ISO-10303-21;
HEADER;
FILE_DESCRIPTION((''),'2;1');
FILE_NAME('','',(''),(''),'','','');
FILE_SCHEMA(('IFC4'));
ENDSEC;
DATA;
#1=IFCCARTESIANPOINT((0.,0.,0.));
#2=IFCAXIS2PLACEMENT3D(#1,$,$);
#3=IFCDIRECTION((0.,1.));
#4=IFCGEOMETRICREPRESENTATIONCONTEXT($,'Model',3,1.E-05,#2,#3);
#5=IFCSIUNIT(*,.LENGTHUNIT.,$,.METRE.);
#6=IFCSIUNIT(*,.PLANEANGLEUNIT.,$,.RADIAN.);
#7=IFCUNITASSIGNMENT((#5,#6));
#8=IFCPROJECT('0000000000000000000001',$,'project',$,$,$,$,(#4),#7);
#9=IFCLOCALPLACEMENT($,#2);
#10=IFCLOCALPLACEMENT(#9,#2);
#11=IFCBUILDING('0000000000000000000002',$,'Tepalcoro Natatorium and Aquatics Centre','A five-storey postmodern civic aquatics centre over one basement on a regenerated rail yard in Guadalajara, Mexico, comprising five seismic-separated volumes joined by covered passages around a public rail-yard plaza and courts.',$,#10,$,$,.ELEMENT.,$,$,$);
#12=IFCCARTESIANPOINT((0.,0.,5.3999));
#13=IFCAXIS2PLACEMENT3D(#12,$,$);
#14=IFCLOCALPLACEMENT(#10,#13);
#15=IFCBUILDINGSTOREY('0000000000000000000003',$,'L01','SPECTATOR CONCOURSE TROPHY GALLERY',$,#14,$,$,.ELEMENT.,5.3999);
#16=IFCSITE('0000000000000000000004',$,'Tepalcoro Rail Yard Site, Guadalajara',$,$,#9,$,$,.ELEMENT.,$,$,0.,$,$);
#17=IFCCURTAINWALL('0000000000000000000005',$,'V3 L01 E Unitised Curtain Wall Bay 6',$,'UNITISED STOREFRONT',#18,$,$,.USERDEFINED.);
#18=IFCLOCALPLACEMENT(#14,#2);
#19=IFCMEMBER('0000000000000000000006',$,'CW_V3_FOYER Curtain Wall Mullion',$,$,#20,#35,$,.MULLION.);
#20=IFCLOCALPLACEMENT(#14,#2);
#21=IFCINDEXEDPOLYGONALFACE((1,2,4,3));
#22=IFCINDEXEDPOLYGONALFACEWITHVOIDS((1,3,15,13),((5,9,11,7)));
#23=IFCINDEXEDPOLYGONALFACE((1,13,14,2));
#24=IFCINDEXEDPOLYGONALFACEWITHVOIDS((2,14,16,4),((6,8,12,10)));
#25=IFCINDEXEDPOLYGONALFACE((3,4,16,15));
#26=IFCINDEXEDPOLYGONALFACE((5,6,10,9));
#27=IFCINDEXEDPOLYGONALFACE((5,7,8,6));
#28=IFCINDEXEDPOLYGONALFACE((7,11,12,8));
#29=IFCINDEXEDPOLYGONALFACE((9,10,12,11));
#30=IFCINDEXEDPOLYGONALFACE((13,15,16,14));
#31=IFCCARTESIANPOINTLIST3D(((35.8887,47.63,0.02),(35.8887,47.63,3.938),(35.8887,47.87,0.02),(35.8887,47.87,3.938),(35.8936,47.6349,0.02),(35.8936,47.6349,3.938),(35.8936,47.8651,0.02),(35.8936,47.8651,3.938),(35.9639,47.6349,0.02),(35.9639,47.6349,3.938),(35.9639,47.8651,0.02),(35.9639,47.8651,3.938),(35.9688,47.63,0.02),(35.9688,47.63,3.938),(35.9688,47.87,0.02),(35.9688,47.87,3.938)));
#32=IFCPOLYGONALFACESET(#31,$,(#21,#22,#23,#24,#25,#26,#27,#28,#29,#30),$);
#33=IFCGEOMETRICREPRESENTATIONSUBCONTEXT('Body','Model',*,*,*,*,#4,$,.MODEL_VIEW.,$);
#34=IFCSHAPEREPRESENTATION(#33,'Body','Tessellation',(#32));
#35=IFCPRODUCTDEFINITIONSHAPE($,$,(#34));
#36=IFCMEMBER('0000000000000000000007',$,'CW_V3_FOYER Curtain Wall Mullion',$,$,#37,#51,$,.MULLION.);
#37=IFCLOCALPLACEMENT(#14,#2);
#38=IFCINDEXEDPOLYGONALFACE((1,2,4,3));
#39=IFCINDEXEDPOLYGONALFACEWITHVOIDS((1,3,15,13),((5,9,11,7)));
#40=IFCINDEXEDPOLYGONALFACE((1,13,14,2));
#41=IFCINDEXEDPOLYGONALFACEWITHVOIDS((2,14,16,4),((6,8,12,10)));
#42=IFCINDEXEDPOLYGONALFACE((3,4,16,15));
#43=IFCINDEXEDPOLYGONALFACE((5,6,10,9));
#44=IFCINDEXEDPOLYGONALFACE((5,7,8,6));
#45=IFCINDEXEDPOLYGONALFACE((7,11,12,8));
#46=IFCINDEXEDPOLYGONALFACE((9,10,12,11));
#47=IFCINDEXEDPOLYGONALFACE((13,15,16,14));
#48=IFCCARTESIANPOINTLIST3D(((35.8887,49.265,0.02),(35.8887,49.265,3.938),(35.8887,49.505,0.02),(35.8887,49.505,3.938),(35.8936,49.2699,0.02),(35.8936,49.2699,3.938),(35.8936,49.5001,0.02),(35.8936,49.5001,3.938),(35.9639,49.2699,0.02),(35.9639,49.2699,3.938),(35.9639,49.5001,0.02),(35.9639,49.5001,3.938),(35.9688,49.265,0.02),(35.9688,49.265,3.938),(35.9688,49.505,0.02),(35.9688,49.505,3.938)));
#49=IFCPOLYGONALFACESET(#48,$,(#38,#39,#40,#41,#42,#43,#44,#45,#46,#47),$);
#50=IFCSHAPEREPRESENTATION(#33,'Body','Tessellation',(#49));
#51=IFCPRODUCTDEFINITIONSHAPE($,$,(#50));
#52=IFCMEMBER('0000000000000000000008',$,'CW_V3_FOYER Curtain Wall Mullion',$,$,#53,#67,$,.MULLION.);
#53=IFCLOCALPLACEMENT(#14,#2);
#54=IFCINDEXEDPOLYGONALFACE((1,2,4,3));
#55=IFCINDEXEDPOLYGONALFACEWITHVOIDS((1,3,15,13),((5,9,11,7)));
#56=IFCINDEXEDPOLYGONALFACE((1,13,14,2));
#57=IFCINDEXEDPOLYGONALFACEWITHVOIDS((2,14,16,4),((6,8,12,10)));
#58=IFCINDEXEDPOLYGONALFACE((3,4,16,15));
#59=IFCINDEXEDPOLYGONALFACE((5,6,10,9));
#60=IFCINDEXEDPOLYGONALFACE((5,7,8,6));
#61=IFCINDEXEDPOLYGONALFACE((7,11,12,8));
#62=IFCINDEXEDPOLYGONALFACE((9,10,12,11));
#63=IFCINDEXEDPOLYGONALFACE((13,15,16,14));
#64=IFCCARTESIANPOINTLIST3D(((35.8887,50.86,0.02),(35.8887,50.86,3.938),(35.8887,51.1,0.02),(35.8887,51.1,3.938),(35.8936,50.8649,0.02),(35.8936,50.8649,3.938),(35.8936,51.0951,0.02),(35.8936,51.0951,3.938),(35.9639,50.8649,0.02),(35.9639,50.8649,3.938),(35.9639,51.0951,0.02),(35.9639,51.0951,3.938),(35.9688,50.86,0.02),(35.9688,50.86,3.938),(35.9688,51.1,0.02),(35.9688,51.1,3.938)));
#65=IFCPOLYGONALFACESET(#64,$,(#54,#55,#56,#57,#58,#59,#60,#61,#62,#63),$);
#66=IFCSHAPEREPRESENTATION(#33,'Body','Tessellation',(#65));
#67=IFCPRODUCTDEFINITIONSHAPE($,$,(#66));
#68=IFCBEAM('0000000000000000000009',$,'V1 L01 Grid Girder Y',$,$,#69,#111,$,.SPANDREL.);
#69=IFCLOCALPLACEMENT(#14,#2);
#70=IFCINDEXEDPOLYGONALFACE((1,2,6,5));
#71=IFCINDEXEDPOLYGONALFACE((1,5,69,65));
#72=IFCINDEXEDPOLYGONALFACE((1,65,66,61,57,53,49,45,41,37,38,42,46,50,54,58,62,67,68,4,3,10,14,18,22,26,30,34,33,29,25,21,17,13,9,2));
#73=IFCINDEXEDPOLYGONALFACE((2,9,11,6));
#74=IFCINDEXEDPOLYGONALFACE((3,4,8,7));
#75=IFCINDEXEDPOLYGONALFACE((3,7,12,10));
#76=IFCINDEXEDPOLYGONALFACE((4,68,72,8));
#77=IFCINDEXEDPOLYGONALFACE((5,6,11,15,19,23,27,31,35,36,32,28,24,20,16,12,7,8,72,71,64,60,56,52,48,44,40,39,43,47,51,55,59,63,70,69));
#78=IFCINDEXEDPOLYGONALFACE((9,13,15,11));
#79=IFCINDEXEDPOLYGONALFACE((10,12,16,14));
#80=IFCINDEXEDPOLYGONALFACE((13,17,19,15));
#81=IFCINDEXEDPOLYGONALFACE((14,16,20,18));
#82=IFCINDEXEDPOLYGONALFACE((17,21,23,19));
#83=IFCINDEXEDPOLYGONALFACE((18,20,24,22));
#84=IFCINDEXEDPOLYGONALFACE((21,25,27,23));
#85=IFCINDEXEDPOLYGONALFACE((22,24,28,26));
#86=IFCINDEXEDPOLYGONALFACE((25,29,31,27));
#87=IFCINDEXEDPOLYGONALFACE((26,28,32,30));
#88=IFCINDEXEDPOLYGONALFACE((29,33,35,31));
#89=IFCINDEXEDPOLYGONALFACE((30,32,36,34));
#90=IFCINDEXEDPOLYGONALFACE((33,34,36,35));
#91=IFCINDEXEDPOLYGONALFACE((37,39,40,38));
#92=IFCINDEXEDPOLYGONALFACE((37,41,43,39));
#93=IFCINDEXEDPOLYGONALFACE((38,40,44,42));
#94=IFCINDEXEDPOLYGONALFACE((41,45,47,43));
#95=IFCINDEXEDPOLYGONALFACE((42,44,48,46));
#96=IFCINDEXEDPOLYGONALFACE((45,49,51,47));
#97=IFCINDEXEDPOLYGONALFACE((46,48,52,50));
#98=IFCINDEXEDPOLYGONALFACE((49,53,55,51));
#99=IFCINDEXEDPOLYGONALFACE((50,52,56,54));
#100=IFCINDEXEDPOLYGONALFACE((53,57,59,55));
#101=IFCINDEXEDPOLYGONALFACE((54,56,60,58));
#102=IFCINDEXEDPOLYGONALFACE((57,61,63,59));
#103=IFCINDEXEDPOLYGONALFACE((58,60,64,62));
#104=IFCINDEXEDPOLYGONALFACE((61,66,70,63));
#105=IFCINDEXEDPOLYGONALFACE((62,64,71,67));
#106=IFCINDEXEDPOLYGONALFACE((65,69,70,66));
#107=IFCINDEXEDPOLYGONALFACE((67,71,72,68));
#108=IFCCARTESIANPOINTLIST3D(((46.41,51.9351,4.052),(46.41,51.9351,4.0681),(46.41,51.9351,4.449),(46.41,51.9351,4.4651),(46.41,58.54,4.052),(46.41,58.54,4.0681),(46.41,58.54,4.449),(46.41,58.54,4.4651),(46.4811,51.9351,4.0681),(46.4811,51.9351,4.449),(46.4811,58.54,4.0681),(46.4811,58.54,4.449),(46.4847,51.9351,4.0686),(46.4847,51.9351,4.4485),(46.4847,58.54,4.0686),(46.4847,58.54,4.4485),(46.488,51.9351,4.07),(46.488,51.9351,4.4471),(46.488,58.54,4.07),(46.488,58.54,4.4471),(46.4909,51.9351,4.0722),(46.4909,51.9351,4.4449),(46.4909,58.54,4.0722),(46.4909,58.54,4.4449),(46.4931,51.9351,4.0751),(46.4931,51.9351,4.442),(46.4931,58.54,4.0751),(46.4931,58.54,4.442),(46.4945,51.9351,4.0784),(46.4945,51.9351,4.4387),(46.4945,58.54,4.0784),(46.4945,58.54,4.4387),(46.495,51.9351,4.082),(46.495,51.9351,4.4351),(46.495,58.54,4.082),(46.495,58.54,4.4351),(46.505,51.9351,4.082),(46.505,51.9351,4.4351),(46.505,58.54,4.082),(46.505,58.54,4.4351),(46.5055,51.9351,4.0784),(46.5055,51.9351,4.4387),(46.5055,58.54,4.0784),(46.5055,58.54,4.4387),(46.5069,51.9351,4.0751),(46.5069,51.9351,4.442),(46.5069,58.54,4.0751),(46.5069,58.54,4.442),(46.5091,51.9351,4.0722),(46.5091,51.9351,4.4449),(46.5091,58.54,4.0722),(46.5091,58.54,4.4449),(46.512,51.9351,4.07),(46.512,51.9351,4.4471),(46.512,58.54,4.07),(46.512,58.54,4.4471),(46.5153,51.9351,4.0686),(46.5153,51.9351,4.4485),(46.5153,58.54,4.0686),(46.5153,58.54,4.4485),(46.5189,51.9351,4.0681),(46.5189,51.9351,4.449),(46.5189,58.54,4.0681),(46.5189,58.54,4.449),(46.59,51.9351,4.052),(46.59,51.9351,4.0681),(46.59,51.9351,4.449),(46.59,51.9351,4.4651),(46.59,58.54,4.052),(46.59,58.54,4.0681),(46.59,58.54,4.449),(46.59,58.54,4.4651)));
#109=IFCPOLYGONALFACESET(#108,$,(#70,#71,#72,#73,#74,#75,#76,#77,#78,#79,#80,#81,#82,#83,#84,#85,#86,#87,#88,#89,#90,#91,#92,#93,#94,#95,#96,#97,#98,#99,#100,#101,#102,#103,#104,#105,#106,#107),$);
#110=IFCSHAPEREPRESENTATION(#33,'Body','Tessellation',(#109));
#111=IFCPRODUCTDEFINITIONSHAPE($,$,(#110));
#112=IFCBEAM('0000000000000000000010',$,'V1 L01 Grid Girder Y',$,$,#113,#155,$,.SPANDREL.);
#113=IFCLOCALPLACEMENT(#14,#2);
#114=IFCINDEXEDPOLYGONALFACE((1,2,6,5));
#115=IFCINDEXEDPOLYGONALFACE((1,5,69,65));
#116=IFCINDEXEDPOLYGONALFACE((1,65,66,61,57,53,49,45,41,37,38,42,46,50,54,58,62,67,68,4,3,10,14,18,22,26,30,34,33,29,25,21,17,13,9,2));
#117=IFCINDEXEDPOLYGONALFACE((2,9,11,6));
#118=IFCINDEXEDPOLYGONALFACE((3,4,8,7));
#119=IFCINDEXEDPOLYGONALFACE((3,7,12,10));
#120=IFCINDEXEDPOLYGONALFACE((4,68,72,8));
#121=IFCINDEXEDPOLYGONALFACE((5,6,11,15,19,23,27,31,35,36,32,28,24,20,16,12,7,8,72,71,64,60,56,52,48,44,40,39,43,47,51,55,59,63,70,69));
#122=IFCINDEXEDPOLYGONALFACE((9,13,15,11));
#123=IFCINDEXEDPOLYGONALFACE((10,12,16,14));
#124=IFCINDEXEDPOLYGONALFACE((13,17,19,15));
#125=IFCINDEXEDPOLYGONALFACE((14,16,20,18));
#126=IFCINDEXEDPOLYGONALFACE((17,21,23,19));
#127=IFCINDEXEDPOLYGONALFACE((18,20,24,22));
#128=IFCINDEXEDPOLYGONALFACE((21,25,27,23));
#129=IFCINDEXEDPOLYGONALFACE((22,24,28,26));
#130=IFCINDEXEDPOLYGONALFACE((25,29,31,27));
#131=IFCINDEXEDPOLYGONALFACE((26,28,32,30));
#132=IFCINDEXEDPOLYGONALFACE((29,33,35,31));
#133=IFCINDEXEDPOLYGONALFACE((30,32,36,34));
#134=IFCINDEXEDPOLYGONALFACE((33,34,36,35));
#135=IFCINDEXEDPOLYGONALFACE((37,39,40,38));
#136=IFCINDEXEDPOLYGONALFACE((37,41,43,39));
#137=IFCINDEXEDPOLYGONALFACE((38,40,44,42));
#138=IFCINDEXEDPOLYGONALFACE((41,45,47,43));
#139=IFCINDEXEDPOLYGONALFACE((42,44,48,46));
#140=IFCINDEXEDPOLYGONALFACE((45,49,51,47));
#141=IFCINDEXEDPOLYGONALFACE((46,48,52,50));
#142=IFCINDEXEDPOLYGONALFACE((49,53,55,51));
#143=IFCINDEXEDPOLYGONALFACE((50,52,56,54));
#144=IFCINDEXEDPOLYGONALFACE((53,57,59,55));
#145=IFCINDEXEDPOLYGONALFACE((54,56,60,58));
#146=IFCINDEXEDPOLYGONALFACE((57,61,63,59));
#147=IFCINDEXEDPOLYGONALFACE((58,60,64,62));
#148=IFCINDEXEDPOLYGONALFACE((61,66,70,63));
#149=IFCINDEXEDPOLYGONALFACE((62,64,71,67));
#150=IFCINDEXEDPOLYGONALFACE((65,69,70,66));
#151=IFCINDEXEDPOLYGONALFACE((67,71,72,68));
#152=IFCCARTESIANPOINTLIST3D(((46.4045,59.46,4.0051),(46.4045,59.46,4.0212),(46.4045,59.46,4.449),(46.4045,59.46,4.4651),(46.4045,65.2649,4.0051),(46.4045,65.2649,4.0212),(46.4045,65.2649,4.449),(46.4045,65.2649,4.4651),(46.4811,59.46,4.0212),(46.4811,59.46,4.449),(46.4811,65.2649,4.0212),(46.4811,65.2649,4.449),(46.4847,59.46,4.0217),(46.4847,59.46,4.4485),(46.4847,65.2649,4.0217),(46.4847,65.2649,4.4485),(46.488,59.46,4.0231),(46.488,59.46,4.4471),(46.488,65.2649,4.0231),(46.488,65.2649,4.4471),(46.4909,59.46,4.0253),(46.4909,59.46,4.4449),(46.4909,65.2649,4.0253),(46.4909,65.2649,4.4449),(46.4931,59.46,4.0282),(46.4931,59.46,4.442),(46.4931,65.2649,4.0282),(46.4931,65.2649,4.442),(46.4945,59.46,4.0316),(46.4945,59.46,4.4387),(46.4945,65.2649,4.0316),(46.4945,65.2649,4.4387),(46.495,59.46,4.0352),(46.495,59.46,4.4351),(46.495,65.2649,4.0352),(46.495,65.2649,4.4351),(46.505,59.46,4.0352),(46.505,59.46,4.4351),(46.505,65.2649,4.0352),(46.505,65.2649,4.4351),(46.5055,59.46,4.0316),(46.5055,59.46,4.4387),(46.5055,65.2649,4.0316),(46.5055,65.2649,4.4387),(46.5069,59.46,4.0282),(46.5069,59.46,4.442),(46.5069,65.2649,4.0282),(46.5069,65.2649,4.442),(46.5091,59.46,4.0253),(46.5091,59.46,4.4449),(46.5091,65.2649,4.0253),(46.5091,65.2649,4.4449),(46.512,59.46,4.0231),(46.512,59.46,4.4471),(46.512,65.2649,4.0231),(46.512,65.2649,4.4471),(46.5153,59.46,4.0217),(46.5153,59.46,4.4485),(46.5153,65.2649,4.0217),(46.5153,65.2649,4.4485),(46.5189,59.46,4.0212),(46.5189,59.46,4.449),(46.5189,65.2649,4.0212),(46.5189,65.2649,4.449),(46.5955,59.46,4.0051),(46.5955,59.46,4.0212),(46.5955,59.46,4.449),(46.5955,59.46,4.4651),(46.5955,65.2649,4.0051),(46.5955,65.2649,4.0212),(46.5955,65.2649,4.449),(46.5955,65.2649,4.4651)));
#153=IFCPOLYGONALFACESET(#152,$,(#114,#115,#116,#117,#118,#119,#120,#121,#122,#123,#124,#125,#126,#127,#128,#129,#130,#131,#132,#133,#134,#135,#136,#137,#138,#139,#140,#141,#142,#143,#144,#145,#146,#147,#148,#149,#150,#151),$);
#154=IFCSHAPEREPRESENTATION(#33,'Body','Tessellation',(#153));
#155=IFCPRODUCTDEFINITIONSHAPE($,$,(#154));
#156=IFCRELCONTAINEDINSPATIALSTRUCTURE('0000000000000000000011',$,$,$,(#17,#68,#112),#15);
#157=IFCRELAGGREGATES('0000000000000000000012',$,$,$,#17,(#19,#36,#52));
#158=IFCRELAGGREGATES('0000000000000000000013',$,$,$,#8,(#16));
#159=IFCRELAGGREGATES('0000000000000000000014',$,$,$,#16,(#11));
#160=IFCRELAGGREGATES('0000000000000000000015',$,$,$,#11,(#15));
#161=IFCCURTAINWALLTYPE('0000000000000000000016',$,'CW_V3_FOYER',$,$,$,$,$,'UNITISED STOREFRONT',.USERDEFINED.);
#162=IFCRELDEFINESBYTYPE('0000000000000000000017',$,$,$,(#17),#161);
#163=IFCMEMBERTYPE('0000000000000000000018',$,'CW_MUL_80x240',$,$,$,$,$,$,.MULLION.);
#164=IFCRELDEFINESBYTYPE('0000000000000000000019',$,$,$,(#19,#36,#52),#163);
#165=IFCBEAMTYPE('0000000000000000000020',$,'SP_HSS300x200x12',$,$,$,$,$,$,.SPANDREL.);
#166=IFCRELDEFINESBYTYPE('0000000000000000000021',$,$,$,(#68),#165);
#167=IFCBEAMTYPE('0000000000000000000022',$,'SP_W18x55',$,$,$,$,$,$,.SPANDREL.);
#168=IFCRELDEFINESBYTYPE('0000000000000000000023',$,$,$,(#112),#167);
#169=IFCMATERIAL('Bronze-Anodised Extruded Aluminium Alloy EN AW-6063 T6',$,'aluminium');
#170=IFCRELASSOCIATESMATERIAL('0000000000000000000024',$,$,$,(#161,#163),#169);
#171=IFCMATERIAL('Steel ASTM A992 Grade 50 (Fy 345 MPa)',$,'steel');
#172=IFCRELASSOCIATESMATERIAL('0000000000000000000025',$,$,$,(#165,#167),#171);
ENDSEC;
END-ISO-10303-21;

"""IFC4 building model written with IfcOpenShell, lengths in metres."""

from ifc_helpers import new_model, si_unit, direction, frame, origin, origin_2d, place, context, subcontext, project, spatial, hollow_rectangle, i_section, extrude, material, material_profile, profile_set, type_object, element, aggregate, save


model = new_model("IFC4")

# Units and contexts
model_context = context("Model", 3, precision=1e-05, world=origin(), true_north=direction((0.0, 1.0)))
body_context = subcontext(model_context, "Body", "Model", "MODEL_VIEW")
ifc_project = project(units=[si_unit("LENGTHUNIT", "METRE"), si_unit("PLANEANGLEUNIT", "RADIAN")], contexts=[model_context])

# Site, building, storey
site_placement = place(None, origin())
site = spatial("IfcSite", under=ifc_project, at=site_placement, Name="Tepalcoro Rail Yard Site, Guadalajara", CompositionType="ELEMENT", RefElevation=0.0)
building_placement = place(site_placement, origin())
building = spatial("IfcBuilding", under=site, at=building_placement, Name="Tepalcoro Natatorium and Aquatics Centre", Description="A five-storey postmodern civic aquatics centre over one basement on a regenerated rail yard in Guadalajara, Mexico, comprising five seismic-separated volumes joined by covered passages around a public rail-yard plaza and courts.", CompositionType="ELEMENT")
storey_placement = place(building_placement, frame((0.0, 0.0, 5.3999)))
storey = spatial("IfcBuildingStorey", under=building, at=storey_placement, Name="L01", Description="SPECTATOR CONCOURSE TROPHY GALLERY", CompositionType="ELEMENT", Elevation=5.3999)

# Shared definitions
ifc_material_1 = material(Name="Steel ASTM A992 Grade 50 (Fy 345 MPa)", Category="steel")

# Shared definitions
ifc_material_2 = material(Name="Bronze-Anodised Extruded Aluminium Alloy EN AW-6063 T6", Category="aluminium")
curtain_wall_type_1 = type_object("IfcCurtainWallType", Name="CW_V3_FOYER", ElementType="UNITISED STOREFRONT", PredefinedType="USERDEFINED", material=ifc_material_2)

# Curtain wall, members
curtain_wall_1_placement = place(storey_placement, origin())
curtain_wall_1 = element("IfcCurtainWall", 1, at=curtain_wall_1_placement, inside=storey, type_object=curtain_wall_type_1, Name="V3 L01 E Unitised Curtain Wall Bay 6", ObjectType="UNITISED STOREFRONT", PredefinedType="USERDEFINED")
ifc_material_profile_1 = material_profile(ifc_material_2, hollow_rectangle(XDim=0.0801, YDim=0.24, WallThickness=0.0049, at=origin_2d()), Name="AL80X240X5")
ifc_profile_set_1 = profile_set([ifc_material_profile_1], Name="Bronze-Anodised Extruded Aluminium Alloy EN AW-6063 T6")
member_type_1 = type_object("IfcMemberType", Name="CW_MUL_80x240", PredefinedType="MULLION", material=ifc_profile_set_1)
member_1_placement = place(storey_placement, frame((35.9287, 47.75, 0.02), z_axis=(0.0, 0.0, 1.0), x_axis=(1.0, 0.0, 0.0)))
member_1 = element("IfcMember", 2, at=member_1_placement, type_object=member_type_1, Name="CW_V3_FOYER Curtain Wall Mullion", PredefinedType="MULLION", context=body_context, shape_type="SweptSolid", body=[
    extrude(hollow_rectangle(XDim=0.0801, YDim=0.24, WallThickness=0.0049, at=origin_2d()), origin(), (0.0, 0.0, 1.0), 3.918),
])
member_2_placement = place(storey_placement, frame((35.9287, 49.385, 0.02), z_axis=(0.0, 0.0, 1.0), x_axis=(1.0, 0.0, 0.0)))
member_2 = element("IfcMember", 3, at=member_2_placement, type_object=member_type_1, Name="CW_V3_FOYER Curtain Wall Mullion", PredefinedType="MULLION", context=body_context, shape_type="SweptSolid", body=[
    extrude(hollow_rectangle(XDim=0.0801, YDim=0.24, WallThickness=0.0049, at=origin_2d()), origin(), (0.0, 0.0, 1.0), 3.918),
])
member_3_placement = place(storey_placement, frame((35.9287, 50.98, 0.02), z_axis=(0.0, 0.0, 1.0), x_axis=(1.0, 0.0, 0.0)))
member_3 = element("IfcMember", 4, at=member_3_placement, type_object=member_type_1, Name="CW_V3_FOYER Curtain Wall Mullion", PredefinedType="MULLION", context=body_context, shape_type="SweptSolid", body=[
    extrude(hollow_rectangle(XDim=0.0801, YDim=0.24, WallThickness=0.0049, at=origin_2d()), origin(), (0.0, 0.0, 1.0), 3.918),
])

# Beams
ifc_material_profile_2 = material_profile(ifc_material_1, i_section(OverallWidth=0.1799, OverallDepth=0.4131, WebThickness=0.01, FlangeThickness=0.0161, FilletRadius=0.0139, at=origin_2d()), Name="W16X50")
ifc_profile_set_2 = profile_set([ifc_material_profile_2], Name="Steel ASTM A992 Grade 50 (Fy 345 MPa)")
beam_type_1 = type_object("IfcBeamType", Name="SP_HSS300x200x12", PredefinedType="SPANDREL", material=ifc_profile_set_2)
beam_1_placement = place(storey_placement, frame((46.5, 51.9351, 4.2585), z_axis=(0.0, 1.0, 0.0), x_axis=(-1.0, 0.0, 0.0)))
element("IfcBeam", 5, at=beam_1_placement, inside=storey, type_object=beam_type_1, Name="V1 L01 Grid Girder Y", PredefinedType="SPANDREL", context=body_context, shape_type="SweptSolid", body=[
    extrude(i_section(OverallWidth=0.1799, OverallDepth=0.4131, WebThickness=0.01, FlangeThickness=0.0161, FilletRadius=0.0139, at=origin_2d()), origin(), (0.0, 0.0, 1.0), 6.605),
])
ifc_material_profile_3 = material_profile(ifc_material_1, i_section(OverallWidth=0.1909, OverallDepth=0.46, WebThickness=0.01, FlangeThickness=0.0161, FilletRadius=0.0139, at=origin_2d()), Name="W18X55")
ifc_profile_set_3 = profile_set([ifc_material_profile_3], Name="Steel ASTM A992 Grade 50 (Fy 345 MPa)")
beam_type_2 = type_object("IfcBeamType", Name="SP_W18x55", PredefinedType="SPANDREL", material=ifc_profile_set_3)
beam_2_placement = place(storey_placement, frame((46.5, 59.46, 4.2351), z_axis=(0.0, 1.0, 0.0), x_axis=(-1.0, 0.0, 0.0)))
element("IfcBeam", 6, at=beam_2_placement, inside=storey, type_object=beam_type_2, Name="V1 L01 Grid Girder Y", PredefinedType="SPANDREL", context=body_context, shape_type="SweptSolid", body=[
    extrude(i_section(OverallWidth=0.1909, OverallDepth=0.46, WebThickness=0.01, FlangeThickness=0.0161, FilletRadius=0.0139, at=origin_2d()), origin(), (0.0, 0.0, 1.0), 5.8049),
])

aggregate(curtain_wall_1, [member_1, member_2, member_3])

save(model, "model.ifc")
